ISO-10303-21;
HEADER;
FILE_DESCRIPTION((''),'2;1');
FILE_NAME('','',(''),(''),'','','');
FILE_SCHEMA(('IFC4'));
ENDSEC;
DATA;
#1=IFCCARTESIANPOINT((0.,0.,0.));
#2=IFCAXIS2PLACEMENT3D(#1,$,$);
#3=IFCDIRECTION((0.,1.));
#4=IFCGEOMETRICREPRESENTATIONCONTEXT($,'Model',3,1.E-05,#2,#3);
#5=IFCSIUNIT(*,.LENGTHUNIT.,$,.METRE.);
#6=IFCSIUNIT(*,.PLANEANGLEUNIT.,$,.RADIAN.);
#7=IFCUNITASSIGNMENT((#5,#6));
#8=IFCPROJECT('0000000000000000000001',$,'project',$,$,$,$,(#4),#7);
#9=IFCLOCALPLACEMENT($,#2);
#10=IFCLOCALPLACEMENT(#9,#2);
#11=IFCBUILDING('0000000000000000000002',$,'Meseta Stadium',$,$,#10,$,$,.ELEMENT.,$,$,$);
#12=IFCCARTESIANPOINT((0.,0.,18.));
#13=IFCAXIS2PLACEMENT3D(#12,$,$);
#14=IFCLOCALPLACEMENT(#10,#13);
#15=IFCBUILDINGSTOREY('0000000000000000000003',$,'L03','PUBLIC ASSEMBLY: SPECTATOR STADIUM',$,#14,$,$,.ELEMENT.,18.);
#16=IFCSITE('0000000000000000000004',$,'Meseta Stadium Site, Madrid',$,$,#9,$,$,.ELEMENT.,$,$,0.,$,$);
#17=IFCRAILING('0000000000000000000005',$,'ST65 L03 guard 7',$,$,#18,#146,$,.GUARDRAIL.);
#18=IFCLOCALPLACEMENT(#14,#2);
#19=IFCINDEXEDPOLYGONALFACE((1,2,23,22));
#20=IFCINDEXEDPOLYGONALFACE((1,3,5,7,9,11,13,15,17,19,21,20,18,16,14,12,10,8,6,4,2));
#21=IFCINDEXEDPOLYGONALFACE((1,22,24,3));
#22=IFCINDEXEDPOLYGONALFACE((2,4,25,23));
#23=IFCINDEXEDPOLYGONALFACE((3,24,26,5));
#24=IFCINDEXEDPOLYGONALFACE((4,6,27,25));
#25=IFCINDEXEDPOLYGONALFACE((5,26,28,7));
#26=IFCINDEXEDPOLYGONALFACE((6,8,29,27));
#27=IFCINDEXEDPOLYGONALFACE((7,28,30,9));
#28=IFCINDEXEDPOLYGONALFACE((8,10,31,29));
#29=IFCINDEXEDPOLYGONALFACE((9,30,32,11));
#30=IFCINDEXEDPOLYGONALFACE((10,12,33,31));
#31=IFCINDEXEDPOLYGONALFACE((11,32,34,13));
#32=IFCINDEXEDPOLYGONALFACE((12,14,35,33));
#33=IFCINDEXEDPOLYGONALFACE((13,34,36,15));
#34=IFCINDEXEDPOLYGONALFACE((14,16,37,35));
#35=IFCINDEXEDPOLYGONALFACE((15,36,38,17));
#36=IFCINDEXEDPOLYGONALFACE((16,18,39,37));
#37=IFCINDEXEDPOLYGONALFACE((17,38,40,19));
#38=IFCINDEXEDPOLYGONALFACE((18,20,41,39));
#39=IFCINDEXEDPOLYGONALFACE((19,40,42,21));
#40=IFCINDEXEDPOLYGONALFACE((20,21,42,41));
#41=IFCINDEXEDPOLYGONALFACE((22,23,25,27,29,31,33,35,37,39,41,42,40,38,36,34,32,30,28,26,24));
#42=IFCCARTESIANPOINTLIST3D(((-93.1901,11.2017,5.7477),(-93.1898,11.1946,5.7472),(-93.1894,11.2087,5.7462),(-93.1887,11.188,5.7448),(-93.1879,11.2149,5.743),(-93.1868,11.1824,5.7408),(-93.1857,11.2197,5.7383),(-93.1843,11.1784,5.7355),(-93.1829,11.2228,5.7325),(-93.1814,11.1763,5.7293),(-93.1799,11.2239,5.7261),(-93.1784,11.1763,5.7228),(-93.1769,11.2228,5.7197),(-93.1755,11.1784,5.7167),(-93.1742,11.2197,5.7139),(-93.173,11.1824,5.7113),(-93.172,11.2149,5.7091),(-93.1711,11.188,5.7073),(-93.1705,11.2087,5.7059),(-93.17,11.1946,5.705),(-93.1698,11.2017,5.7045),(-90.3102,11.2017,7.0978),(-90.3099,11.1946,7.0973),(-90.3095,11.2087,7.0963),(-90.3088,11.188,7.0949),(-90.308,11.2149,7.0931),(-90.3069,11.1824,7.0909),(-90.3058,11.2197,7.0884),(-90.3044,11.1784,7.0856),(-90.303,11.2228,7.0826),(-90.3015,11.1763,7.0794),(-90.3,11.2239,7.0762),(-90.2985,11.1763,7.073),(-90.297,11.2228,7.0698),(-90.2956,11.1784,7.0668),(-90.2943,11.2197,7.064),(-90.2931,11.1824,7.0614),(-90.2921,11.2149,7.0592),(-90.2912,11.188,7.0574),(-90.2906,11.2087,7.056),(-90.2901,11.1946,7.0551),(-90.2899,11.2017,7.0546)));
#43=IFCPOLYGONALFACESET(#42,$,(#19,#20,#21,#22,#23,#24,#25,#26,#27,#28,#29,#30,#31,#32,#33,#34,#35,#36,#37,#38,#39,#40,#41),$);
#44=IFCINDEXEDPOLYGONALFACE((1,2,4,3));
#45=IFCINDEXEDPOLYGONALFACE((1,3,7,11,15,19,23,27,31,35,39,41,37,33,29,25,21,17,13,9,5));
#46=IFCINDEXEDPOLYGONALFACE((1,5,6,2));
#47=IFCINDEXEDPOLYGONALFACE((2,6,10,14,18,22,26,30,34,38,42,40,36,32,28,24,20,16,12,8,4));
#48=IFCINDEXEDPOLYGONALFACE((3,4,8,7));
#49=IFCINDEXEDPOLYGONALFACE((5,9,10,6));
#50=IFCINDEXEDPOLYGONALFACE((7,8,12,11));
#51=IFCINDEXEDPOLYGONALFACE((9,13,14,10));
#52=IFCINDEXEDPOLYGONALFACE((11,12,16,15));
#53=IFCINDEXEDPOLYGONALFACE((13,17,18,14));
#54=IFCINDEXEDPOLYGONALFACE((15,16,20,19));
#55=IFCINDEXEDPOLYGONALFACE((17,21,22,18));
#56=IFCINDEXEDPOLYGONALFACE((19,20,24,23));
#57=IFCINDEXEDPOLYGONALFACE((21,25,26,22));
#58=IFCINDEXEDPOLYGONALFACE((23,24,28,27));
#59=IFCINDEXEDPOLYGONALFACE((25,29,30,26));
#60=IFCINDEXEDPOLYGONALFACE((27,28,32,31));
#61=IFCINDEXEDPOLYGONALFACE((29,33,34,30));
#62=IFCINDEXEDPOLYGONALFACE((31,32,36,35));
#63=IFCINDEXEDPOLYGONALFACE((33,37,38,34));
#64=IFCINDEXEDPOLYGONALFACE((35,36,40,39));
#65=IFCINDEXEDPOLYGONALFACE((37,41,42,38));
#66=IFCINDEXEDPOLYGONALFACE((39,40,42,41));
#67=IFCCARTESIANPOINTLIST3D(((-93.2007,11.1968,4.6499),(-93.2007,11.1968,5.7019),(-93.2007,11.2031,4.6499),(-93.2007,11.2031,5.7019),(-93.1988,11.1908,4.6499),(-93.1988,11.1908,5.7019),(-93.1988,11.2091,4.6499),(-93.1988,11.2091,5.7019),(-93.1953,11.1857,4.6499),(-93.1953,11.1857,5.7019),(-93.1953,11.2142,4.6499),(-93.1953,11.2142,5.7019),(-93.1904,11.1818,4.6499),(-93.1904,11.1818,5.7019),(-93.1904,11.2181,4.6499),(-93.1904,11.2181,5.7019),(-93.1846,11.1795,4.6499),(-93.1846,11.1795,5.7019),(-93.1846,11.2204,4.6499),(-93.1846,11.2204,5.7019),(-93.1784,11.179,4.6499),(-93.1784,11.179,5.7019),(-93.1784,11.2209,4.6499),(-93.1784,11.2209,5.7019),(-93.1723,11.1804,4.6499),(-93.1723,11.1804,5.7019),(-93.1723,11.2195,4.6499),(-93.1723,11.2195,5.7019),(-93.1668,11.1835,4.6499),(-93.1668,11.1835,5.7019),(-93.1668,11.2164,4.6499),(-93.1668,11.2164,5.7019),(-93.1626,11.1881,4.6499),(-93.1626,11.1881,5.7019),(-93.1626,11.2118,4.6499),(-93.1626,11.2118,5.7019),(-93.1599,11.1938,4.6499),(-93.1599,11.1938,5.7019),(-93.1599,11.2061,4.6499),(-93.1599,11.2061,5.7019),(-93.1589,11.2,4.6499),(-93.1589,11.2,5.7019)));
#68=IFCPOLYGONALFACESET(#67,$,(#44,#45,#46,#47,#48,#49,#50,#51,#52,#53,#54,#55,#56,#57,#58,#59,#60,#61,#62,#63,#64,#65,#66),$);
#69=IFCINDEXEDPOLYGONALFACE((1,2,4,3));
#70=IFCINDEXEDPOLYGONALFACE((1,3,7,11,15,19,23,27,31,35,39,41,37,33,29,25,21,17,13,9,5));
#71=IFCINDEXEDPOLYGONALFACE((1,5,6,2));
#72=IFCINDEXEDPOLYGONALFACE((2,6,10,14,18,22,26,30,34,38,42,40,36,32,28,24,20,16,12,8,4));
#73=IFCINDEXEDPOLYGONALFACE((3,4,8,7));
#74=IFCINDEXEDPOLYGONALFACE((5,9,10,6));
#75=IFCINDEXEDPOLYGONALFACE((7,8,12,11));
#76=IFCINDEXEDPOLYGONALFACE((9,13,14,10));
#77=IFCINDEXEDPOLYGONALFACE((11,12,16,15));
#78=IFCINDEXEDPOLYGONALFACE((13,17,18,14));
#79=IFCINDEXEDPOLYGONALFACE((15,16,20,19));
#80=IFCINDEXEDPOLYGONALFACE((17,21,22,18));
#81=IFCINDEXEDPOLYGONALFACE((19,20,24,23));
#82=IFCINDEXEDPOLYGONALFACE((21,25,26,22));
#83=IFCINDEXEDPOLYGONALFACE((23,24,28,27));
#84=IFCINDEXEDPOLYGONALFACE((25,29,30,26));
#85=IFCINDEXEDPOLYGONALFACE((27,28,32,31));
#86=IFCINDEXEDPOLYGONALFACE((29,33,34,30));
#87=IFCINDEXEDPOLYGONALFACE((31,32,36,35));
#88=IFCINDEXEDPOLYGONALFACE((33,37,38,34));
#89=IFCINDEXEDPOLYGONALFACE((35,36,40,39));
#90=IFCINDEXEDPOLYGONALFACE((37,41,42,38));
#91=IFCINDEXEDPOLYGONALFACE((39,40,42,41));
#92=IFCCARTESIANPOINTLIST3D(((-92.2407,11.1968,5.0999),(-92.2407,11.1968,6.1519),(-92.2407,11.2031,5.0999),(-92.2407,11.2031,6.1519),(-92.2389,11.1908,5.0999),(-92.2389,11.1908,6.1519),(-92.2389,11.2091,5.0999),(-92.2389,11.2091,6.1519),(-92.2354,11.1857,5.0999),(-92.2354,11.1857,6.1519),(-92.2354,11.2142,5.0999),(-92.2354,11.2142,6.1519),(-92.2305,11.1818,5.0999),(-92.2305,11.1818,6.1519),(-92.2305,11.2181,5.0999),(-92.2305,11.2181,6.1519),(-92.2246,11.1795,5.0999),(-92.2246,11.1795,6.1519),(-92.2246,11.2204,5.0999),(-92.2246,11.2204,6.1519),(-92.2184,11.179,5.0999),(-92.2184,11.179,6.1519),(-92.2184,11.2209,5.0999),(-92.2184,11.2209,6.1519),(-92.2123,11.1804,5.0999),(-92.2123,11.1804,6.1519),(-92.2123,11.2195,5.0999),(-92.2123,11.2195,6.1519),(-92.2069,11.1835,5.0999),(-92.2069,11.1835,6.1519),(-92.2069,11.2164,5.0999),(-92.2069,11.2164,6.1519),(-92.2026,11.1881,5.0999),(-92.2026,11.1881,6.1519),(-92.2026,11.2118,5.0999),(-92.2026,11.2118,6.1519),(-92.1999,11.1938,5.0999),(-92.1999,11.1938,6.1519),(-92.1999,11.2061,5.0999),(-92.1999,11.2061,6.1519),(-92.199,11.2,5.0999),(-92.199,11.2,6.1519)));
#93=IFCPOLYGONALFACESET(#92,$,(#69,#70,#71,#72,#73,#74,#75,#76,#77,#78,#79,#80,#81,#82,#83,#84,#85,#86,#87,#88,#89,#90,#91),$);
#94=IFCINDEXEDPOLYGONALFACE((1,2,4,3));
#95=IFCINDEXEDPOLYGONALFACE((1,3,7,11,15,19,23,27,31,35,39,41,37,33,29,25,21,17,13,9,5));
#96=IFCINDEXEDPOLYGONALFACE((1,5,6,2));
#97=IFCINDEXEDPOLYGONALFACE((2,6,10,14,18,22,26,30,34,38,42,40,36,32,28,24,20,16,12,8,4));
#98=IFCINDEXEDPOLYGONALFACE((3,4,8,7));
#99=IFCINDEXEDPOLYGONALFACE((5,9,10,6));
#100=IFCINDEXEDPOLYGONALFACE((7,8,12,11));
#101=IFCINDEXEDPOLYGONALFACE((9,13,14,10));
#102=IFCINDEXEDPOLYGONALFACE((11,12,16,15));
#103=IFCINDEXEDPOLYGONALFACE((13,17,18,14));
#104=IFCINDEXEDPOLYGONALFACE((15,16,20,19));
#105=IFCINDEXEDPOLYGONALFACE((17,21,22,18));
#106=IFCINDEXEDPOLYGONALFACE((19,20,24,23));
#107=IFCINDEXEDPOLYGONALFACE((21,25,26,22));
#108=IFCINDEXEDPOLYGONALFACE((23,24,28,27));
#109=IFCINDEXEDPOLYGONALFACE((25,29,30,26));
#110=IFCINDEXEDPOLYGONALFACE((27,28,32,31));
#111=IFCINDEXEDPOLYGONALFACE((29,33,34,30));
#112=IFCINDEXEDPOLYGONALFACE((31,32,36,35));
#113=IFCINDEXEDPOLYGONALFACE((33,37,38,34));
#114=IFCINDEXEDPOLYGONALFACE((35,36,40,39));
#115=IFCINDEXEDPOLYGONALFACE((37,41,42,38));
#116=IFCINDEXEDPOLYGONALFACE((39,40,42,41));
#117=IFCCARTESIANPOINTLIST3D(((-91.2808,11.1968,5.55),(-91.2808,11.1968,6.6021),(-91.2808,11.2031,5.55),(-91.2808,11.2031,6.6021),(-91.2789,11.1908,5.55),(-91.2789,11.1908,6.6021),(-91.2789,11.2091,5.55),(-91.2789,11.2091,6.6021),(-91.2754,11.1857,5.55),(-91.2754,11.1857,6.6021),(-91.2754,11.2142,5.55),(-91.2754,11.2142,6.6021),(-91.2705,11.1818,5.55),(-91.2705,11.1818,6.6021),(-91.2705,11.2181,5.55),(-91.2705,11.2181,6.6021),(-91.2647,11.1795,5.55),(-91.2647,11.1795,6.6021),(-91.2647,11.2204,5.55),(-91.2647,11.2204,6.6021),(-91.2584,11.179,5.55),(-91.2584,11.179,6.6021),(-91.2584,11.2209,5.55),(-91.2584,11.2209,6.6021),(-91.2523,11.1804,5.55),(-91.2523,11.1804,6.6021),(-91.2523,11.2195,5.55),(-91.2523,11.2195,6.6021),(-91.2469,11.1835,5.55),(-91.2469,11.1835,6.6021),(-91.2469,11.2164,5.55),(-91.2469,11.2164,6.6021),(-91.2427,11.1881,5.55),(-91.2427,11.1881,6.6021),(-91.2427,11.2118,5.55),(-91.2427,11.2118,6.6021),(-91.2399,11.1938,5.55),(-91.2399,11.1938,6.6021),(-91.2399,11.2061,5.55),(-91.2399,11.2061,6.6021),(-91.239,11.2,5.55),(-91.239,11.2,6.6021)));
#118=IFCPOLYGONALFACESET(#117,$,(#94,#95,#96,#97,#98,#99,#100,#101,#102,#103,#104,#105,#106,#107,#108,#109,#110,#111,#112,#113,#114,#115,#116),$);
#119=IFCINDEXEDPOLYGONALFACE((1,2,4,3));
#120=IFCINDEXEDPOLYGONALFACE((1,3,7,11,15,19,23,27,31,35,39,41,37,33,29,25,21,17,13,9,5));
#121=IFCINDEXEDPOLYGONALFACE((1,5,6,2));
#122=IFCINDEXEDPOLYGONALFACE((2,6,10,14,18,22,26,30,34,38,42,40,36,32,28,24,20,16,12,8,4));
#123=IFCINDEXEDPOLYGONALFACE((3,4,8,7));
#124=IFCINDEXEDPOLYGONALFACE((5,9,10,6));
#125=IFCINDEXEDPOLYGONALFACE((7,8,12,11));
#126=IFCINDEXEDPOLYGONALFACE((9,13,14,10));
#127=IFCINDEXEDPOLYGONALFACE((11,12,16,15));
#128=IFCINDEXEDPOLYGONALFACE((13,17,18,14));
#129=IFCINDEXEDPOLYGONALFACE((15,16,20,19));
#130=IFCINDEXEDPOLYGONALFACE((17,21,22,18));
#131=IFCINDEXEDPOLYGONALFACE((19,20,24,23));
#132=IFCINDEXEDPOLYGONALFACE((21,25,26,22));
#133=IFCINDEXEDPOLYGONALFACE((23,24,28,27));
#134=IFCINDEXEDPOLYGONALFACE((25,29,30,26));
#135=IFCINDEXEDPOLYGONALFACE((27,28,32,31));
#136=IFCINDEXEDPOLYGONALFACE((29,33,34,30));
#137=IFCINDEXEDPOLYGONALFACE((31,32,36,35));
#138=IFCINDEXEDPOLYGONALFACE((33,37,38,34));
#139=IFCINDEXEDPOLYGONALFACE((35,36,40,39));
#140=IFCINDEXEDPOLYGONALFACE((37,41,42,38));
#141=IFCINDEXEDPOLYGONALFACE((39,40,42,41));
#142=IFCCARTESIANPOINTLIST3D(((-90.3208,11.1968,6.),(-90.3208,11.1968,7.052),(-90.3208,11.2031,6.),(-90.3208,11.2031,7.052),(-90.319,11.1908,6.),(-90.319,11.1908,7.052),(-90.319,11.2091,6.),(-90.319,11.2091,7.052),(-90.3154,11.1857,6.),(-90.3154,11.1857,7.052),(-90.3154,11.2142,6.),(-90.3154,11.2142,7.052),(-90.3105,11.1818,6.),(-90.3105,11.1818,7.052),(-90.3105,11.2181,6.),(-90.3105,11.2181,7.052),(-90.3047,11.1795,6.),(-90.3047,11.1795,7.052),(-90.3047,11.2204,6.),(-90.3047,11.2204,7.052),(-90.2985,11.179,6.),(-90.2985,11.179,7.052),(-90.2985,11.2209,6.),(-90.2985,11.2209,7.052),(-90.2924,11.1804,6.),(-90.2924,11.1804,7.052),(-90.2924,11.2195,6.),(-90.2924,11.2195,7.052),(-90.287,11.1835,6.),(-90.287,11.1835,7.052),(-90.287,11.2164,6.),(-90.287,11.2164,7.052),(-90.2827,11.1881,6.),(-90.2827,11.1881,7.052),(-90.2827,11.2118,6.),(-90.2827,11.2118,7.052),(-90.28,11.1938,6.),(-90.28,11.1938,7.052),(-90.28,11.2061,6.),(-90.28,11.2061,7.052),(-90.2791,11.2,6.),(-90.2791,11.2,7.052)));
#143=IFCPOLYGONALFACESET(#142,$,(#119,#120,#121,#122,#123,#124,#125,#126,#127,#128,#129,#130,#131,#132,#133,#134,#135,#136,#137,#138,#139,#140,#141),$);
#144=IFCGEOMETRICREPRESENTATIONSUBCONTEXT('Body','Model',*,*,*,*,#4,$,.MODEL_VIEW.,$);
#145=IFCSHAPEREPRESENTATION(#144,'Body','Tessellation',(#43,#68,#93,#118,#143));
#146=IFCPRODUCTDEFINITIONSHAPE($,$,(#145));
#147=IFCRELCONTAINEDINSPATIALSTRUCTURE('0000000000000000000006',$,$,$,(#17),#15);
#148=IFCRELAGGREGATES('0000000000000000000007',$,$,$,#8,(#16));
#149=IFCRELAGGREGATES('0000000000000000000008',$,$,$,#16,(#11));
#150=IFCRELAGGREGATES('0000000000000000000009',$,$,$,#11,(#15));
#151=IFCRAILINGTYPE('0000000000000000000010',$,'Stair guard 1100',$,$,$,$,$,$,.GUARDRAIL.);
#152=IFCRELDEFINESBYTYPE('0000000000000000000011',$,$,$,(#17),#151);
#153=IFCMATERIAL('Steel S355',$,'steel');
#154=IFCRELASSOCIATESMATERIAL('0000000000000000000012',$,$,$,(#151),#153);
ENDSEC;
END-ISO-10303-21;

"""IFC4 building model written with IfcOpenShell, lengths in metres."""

from ifc_helpers import new_model, si_unit, direction, frame, origin, origin_2d, place, context, subcontext, project, spatial, circle, extrude, material, type_object, element, save


model = new_model("IFC4")

# Units and contexts
model_context = context("Model", 3, precision=1e-05, world=origin(), true_north=direction((0.0, 1.0)))
body_context = subcontext(model_context, "Body", "Model", "MODEL_VIEW")
ifc_project = project(units=[si_unit("LENGTHUNIT", "METRE"), si_unit("PLANEANGLEUNIT", "RADIAN")], contexts=[model_context])

# Site, building, storey
site_placement = place(None, origin())
site = spatial("IfcSite", under=ifc_project, at=site_placement, Name="Meseta Stadium Site, Madrid", CompositionType="ELEMENT", RefElevation=0.0)
building_placement = place(site_placement, origin())
building = spatial("IfcBuilding", under=site, at=building_placement, Name="Meseta Stadium", CompositionType="ELEMENT")
storey_placement = place(building_placement, frame((0.0, 0.0, 18.0)))
storey = spatial("IfcBuildingStorey", under=building, at=storey_placement, Name="L03", Description="PUBLIC ASSEMBLY: SPECTATOR STADIUM", CompositionType="ELEMENT", Elevation=18.0)

# Railing
ifc_material_1 = material(Name="Steel S355", Category="steel")
railing_type_1 = type_object("IfcRailingType", Name="Stair guard 1100", PredefinedType="GUARDRAIL", material=ifc_material_1)
railing_1_placement = place(storey_placement, frame((-93.1799, 11.2, 4.6499)))
element("IfcRailing", 1, at=railing_1_placement, inside=storey, type_object=railing_type_1, Name="ST65 L03 guard 7", PredefinedType="GUARDRAIL", context=body_context, shape_type="SweptSolid", body=[
    extrude(circle(Radius=0.0239, at=origin_2d()), frame((0.0, 0.0, 1.0762), z_axis=(0.90544, 0.0, 0.424473), x_axis=(0.0, 1.0, 0.0)), (0.0, 0.0, 1.0), 3.1807),
    extrude(circle(Radius=0.021, at=origin_2d()), origin(), (0.0, 0.0, 1.0), 1.052),
    extrude(circle(Radius=0.021, at=origin_2d()), frame((0.96, 0.0, 0.45)), (0.0, 0.0, 1.0), 1.052),
    extrude(circle(Radius=0.021, at=origin_2d()), frame((1.9199, 0.0, 0.9001)), (0.0, 0.0, 1.0), 1.052),
    extrude(circle(Radius=0.021, at=origin_2d()), frame((2.8799, 0.0, 1.3501)), (0.0, 0.0, 1.0), 1.052),
])

save(model, "model.ifc")
